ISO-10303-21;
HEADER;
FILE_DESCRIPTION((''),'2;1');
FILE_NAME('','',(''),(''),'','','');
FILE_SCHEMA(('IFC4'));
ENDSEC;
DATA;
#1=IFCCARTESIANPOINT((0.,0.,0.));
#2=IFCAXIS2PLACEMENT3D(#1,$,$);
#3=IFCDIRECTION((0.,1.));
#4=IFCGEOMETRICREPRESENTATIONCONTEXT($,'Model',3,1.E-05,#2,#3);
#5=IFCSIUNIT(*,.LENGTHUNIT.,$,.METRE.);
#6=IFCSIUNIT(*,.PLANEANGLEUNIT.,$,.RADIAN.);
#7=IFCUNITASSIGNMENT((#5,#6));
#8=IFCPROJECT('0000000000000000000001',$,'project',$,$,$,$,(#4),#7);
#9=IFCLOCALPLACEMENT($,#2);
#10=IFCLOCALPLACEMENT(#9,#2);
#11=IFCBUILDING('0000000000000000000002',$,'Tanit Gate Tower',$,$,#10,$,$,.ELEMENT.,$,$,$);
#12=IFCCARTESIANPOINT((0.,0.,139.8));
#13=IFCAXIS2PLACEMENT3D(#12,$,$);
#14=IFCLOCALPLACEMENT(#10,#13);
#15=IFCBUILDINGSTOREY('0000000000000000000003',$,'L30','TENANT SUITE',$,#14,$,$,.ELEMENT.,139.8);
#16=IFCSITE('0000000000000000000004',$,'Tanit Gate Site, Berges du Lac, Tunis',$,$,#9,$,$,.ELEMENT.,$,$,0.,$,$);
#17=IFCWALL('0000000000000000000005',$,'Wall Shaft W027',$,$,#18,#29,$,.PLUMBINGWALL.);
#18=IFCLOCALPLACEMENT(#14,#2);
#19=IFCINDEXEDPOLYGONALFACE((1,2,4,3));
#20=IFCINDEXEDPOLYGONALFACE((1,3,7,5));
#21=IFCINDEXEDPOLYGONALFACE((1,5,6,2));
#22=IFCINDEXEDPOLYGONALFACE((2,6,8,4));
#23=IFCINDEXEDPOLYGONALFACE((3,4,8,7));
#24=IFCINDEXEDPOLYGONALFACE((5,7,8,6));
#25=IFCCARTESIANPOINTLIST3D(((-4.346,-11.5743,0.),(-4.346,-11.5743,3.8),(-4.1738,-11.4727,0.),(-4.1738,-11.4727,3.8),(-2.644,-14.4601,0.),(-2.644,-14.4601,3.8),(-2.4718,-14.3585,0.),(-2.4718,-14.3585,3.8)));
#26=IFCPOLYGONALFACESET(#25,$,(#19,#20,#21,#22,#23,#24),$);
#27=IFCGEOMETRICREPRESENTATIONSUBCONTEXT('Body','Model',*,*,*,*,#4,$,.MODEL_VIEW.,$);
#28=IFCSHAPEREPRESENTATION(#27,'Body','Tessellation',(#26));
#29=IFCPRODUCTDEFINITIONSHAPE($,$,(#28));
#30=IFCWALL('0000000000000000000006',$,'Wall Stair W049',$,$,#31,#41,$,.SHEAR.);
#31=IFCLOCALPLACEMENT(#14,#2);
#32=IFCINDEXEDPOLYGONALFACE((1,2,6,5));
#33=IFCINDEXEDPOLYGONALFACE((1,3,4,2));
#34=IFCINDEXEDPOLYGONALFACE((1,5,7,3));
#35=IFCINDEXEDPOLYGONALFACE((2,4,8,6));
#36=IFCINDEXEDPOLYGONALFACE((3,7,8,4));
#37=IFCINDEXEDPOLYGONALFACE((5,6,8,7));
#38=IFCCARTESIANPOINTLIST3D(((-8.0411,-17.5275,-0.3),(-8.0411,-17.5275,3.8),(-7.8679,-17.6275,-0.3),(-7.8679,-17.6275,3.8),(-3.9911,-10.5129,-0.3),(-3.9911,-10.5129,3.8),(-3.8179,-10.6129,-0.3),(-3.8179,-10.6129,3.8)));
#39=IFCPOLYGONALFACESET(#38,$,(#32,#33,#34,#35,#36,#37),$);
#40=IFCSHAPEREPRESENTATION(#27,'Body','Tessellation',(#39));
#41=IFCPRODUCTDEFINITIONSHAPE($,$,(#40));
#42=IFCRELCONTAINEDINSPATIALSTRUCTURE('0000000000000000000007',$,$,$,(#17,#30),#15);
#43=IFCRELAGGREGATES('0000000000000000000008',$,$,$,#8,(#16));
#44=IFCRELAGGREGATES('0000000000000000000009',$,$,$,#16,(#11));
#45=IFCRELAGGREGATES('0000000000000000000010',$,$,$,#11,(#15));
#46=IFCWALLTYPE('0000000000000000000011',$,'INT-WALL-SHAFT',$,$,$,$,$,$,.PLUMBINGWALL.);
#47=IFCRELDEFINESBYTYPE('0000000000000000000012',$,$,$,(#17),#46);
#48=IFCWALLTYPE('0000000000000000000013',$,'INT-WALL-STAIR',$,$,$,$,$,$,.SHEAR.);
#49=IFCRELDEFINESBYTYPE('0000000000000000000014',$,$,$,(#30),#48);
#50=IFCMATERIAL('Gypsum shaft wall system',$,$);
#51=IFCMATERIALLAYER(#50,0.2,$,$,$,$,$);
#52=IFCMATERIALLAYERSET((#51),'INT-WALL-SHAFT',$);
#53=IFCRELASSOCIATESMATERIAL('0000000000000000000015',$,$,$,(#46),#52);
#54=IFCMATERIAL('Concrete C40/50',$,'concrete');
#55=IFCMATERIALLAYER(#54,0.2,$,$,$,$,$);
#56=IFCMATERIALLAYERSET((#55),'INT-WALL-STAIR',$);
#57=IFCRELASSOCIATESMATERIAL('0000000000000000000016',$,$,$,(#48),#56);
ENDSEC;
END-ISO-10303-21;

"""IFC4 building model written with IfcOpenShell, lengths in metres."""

from ifc_helpers import new_model, si_unit, direction, frame, frame_2d, origin, place, context, subcontext, project, spatial, rectangle, extrude, material, layer, layer_set, type_object, element, save


model = new_model("IFC4")

# Units and contexts
model_context = context("Model", 3, precision=1e-05, world=origin(), true_north=direction((0.0, 1.0)))
body_context = subcontext(model_context, "Body", "Model", "MODEL_VIEW")
ifc_project = project(units=[si_unit("LENGTHUNIT", "METRE"), si_unit("PLANEANGLEUNIT", "RADIAN")], contexts=[model_context])

# Site, building, storey
site_placement = place(None, origin())
site = spatial("IfcSite", under=ifc_project, at=site_placement, Name="Tanit Gate Site, Berges du Lac, Tunis", CompositionType="ELEMENT", RefElevation=0.0)
building_placement = place(site_placement, origin())
building = spatial("IfcBuilding", under=site, at=building_placement, Name="Tanit Gate Tower", CompositionType="ELEMENT")
storey_placement = place(building_placement, frame((0.0, 0.0, 139.8)))
storey = spatial("IfcBuildingStorey", under=building, at=storey_placement, Name="L30", Description="TENANT SUITE", CompositionType="ELEMENT", Elevation=139.8)

# Walls
ifc_material_1 = material(Name="Gypsum shaft wall system")
ifc_layer_1 = layer(ifc_material_1, 0.2)
ifc_layer_set_1 = layer_set([ifc_layer_1], Name="INT-WALL-SHAFT")
wall_type_1 = type_object("IfcWallType", Name="INT-WALL-SHAFT", PredefinedType="PLUMBINGWALL", material=ifc_layer_set_1)
wall_1_placement = place(storey_placement, frame((-2.5579, -14.4094, 0.0), z_axis=(0.0, 0.0, 1.0), x_axis=(-0.507997, 0.861359, 0.0)))
element("IfcWall", 1, at=wall_1_placement, inside=storey, type_object=wall_type_1, Name="Wall Shaft W027", PredefinedType="PLUMBINGWALL", context=body_context, shape_type="SweptSolid", body=[
    extrude(rectangle(XDim=3.3503, YDim=0.2, at=frame_2d((1.6753, 0.0))), origin(), (0.0, 0.0, 1.0), 3.8),
])
ifc_material_2 = material(Name="Concrete C40/50", Category="concrete")
ifc_layer_2 = layer(ifc_material_2, 0.2)
ifc_layer_set_2 = layer_set([ifc_layer_2], Name="INT-WALL-STAIR")
wall_type_2 = type_object("IfcWallType", Name="INT-WALL-STAIR", PredefinedType="SHEAR", material=ifc_layer_set_2)
wall_2_placement = place(storey_placement, frame((-3.9045, -10.563, -0.3), z_axis=(0.0, 0.0, 1.0), x_axis=(-0.500013, -0.866018, 0.0)))
element("IfcWall", 2, at=wall_2_placement, inside=storey, type_object=wall_type_2, Name="Wall Stair W049", PredefinedType="SHEAR", context=body_context, shape_type="SweptSolid", body=[
    extrude(rectangle(XDim=8.0999, YDim=0.2, at=frame_2d((4.0498, 0.0))), origin(), (0.0, 0.0, 1.0), 4.1001),
])

save(model, "model.ifc")
